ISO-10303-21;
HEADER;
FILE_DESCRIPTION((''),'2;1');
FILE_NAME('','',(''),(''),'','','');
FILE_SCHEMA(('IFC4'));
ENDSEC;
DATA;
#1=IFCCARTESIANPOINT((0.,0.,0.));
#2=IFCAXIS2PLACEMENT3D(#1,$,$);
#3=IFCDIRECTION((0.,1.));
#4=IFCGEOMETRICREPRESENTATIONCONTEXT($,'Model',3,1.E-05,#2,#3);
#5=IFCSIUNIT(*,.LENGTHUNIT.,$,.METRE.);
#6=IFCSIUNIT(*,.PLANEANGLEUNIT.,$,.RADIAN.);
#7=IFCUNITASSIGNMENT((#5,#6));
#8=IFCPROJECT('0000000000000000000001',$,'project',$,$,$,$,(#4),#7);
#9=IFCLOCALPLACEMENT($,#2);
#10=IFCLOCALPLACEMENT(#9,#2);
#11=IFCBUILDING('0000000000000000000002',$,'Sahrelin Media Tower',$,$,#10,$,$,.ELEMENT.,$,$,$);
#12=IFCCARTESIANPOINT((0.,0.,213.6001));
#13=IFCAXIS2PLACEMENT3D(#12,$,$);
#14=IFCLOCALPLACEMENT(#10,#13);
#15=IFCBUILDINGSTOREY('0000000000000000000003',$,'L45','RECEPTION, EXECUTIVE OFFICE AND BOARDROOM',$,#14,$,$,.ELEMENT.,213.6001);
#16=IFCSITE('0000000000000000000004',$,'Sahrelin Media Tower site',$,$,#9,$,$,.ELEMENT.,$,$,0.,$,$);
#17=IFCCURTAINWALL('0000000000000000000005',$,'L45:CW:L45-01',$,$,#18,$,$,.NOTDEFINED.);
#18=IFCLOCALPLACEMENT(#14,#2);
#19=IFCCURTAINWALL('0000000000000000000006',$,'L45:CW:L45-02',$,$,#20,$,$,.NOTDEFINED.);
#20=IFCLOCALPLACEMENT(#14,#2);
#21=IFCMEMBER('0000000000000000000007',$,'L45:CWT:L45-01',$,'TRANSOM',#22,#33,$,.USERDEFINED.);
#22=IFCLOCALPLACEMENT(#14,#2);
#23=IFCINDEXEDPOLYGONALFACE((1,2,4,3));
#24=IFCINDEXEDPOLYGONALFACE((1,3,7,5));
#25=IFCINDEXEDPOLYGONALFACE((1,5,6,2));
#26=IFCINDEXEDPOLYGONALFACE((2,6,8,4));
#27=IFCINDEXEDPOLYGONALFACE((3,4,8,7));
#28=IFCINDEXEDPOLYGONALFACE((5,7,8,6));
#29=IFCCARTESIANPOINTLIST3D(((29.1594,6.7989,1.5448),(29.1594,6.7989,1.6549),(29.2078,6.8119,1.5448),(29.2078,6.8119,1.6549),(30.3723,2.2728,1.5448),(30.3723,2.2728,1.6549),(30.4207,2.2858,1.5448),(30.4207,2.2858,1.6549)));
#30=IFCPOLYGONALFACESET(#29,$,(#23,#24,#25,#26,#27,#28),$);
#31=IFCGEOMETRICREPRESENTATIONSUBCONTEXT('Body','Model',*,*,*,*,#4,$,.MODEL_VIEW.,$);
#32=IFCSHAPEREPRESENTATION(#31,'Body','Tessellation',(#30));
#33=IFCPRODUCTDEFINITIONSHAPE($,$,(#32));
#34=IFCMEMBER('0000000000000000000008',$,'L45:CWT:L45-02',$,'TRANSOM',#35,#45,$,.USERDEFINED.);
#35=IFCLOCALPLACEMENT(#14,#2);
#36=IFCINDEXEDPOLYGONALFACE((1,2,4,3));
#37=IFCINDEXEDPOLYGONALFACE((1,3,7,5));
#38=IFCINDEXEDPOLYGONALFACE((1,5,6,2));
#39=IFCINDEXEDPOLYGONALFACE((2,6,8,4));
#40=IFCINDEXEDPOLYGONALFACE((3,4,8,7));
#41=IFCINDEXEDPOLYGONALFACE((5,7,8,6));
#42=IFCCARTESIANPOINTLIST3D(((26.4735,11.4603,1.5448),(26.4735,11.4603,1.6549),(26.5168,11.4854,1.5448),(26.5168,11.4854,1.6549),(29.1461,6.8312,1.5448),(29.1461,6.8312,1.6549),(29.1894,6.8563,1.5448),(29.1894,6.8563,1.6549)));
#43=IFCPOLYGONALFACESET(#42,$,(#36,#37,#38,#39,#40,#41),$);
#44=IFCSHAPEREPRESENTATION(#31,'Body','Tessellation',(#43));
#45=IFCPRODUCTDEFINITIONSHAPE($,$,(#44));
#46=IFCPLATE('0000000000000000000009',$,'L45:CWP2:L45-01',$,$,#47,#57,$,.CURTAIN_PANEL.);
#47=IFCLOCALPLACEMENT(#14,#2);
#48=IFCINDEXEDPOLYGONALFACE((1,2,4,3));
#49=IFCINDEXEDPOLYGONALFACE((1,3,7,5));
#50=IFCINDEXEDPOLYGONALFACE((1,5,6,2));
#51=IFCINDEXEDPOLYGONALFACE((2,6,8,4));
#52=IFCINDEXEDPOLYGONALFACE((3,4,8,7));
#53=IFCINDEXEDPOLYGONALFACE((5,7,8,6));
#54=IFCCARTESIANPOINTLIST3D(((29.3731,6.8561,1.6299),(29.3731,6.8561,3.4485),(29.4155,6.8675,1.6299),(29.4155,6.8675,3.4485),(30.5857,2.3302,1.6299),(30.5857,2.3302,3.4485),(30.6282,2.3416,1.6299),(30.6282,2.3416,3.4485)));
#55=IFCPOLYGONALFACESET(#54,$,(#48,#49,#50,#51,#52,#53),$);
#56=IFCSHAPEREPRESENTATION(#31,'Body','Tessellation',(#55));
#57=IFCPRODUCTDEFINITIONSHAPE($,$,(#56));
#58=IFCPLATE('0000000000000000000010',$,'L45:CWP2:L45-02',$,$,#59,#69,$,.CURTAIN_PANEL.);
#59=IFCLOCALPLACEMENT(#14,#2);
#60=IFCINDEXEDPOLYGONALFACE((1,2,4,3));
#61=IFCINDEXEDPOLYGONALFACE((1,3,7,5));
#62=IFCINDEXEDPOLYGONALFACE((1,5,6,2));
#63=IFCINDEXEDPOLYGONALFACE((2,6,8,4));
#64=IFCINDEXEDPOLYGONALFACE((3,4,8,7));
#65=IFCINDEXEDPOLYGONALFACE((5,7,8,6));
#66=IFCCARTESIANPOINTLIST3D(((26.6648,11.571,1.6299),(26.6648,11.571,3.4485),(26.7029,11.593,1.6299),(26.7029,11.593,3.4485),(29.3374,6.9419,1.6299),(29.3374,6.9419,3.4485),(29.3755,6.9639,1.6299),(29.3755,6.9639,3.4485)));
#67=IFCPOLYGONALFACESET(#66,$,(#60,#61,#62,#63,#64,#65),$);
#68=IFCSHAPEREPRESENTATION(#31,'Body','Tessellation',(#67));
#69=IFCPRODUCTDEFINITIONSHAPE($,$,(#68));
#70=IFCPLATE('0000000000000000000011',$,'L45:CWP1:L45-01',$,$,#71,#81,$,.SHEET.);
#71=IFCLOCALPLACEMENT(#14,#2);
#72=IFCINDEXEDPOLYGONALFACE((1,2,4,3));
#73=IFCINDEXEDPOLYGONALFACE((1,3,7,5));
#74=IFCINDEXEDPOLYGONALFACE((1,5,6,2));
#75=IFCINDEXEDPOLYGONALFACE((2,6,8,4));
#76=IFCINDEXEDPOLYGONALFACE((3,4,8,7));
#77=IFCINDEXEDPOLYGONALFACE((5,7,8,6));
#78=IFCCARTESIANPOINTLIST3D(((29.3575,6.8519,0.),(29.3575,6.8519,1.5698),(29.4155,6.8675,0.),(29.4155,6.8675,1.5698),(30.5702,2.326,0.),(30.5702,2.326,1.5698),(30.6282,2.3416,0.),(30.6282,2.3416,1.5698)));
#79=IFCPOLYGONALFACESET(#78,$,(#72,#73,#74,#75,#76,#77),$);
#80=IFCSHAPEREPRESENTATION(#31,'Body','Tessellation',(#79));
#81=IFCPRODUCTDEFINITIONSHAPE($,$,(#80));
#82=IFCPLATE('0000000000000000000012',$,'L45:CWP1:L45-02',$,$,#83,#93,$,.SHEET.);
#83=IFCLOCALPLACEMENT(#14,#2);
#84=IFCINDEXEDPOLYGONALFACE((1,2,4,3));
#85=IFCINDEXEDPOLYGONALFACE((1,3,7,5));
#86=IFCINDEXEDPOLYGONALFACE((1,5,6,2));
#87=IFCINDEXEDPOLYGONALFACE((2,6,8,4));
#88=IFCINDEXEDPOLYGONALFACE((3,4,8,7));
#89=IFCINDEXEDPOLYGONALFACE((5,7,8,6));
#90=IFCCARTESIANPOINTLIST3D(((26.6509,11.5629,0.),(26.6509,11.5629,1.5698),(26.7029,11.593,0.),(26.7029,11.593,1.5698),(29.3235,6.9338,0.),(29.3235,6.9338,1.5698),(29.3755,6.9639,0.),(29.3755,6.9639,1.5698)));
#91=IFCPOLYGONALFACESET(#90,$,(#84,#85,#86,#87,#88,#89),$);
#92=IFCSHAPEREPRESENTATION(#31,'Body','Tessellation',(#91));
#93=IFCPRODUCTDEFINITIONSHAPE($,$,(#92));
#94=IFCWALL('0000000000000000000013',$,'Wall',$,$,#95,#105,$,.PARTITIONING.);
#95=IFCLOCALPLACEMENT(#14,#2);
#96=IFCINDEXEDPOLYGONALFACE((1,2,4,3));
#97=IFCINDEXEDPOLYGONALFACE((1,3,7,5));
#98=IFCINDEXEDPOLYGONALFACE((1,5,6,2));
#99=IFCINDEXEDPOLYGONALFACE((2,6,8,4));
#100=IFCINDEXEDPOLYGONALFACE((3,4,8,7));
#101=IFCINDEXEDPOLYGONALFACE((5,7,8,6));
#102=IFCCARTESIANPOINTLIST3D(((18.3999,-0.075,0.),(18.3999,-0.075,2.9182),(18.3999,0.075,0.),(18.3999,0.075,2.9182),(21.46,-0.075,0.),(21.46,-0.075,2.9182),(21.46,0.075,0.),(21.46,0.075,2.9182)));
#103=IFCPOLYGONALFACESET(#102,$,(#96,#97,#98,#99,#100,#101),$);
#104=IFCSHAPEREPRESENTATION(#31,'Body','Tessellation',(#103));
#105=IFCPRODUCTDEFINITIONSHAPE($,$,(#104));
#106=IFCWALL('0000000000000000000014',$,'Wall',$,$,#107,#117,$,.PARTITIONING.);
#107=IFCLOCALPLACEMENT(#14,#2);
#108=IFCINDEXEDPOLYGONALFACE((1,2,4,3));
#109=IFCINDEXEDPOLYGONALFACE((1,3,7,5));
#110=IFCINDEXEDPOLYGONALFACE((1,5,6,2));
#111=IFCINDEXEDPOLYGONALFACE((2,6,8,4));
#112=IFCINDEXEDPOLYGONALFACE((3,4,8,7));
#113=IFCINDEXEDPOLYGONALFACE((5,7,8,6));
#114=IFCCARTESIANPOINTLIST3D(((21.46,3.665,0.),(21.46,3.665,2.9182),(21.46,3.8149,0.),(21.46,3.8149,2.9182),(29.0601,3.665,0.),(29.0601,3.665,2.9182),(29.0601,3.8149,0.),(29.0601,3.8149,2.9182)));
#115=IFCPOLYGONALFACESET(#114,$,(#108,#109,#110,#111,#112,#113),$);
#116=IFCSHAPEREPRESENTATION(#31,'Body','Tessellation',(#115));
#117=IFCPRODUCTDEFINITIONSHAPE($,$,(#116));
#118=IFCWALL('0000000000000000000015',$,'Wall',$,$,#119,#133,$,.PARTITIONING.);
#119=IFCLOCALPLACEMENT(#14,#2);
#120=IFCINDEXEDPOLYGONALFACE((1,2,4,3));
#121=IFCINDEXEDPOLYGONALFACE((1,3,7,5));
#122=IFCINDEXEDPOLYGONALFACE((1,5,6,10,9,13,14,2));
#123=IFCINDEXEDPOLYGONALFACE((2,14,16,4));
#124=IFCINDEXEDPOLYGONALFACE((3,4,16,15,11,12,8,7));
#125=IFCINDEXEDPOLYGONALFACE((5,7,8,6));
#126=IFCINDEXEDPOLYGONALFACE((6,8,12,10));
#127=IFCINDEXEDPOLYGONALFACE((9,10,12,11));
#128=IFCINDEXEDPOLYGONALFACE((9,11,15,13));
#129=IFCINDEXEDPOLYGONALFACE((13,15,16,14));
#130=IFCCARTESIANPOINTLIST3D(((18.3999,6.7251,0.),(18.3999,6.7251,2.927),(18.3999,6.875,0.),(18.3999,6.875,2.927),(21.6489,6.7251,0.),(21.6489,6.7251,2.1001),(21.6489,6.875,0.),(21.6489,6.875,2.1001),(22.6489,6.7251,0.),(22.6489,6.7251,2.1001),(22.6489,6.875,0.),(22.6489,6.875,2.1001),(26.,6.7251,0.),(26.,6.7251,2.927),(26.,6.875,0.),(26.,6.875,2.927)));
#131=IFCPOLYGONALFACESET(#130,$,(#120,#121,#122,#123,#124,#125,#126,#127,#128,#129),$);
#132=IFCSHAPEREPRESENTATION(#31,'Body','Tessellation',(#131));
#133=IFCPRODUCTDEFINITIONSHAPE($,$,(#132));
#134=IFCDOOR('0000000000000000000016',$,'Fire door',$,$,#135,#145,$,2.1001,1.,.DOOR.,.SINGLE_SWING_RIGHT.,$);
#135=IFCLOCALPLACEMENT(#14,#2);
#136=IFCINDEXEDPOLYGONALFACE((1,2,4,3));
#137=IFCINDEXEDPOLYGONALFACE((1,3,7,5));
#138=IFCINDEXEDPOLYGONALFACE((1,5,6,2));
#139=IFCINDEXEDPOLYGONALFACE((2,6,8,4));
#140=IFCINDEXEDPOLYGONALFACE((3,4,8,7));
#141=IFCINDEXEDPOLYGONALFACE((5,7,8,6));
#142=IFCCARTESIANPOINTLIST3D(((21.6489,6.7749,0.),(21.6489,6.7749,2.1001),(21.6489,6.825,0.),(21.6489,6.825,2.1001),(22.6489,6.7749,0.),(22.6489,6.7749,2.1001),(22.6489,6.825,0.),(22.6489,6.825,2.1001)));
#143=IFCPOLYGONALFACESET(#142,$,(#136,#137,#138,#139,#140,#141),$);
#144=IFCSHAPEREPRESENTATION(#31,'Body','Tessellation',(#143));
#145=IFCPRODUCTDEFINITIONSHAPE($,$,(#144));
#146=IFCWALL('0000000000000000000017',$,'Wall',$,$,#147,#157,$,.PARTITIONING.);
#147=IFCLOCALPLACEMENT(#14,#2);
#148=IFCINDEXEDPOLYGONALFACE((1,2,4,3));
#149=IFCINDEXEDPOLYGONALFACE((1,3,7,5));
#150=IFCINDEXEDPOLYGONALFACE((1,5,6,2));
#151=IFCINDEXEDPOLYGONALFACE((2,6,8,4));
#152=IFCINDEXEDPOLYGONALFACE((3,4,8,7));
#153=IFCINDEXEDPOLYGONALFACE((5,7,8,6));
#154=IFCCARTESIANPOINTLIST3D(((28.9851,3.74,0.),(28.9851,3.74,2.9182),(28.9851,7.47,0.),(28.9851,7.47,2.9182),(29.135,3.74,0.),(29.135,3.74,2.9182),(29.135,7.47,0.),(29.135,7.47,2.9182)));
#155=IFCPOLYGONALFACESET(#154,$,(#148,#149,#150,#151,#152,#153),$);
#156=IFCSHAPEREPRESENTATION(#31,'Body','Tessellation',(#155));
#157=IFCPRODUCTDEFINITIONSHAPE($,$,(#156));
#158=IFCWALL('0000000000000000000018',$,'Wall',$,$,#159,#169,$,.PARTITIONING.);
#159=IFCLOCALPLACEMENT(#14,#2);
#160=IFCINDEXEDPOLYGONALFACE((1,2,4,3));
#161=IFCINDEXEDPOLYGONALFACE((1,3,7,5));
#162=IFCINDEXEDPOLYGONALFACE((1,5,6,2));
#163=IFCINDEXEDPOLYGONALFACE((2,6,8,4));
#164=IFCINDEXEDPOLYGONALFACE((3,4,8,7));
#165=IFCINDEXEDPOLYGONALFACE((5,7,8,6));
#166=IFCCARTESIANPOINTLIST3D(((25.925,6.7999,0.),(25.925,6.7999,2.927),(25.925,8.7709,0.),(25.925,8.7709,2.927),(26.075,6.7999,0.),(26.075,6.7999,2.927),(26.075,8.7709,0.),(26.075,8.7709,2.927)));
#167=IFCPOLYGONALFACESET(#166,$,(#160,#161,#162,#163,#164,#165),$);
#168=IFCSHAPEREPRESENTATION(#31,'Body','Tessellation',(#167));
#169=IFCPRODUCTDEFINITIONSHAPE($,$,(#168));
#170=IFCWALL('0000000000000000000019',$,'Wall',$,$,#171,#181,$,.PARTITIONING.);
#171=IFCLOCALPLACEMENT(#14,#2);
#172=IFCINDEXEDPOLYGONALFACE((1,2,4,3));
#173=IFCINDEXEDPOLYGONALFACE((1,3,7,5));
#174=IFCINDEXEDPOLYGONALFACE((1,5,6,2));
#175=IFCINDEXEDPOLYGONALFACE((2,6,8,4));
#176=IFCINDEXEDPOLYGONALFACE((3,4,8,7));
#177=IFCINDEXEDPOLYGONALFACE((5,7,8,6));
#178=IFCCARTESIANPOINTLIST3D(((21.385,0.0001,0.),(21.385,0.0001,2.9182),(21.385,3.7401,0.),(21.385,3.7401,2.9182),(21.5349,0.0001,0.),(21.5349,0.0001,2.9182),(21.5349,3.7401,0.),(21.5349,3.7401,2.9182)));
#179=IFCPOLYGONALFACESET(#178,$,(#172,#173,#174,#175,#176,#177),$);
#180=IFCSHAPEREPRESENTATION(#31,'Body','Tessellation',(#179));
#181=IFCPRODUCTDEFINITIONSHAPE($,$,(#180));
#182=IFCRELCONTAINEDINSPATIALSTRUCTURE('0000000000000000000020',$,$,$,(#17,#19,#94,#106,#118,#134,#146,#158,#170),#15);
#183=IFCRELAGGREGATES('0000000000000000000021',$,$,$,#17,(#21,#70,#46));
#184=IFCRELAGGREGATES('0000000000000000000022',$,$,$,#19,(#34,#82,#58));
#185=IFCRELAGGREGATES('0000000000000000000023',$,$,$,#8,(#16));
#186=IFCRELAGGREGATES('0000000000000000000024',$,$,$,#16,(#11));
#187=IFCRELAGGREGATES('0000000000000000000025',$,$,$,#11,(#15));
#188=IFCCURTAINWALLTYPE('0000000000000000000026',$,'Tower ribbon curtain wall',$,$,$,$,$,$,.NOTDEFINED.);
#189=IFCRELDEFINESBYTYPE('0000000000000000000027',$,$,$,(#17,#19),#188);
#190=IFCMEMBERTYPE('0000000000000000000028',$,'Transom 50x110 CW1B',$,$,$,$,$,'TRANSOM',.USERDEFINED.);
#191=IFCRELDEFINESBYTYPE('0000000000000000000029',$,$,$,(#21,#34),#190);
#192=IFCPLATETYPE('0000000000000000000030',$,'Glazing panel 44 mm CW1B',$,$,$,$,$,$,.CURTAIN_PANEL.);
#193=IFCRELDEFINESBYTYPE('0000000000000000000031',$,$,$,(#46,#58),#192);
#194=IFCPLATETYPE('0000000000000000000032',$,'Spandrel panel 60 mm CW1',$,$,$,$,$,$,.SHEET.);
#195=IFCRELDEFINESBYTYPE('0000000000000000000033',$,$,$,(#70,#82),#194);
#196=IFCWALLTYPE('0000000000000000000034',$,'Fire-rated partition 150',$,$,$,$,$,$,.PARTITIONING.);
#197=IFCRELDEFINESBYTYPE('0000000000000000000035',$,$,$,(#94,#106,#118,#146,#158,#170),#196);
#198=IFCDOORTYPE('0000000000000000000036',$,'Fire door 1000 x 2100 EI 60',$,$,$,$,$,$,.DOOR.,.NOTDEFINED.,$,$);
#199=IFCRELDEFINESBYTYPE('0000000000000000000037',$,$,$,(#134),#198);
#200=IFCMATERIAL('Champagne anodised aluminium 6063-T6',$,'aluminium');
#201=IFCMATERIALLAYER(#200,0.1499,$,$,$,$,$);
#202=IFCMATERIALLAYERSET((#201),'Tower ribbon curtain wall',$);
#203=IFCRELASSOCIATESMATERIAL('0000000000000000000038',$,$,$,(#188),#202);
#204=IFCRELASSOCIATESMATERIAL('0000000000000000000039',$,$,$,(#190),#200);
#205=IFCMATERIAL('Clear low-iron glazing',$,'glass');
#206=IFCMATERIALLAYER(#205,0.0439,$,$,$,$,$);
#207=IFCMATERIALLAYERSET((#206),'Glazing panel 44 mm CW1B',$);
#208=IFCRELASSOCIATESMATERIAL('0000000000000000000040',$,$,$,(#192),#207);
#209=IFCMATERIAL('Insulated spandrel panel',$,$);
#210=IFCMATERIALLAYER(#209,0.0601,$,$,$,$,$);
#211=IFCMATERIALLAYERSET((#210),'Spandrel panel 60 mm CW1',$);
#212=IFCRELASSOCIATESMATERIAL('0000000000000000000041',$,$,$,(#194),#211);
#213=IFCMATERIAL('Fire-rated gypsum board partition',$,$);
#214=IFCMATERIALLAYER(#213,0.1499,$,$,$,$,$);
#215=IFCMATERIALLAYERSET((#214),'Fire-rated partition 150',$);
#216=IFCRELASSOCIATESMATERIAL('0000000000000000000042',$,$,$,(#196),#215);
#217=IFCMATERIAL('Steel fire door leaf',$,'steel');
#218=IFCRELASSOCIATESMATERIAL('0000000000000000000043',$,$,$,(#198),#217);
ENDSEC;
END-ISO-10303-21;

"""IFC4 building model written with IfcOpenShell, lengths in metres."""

from ifc_helpers import new_model, si_unit, direction, frame, frame_2d, origin, origin_2d, place, context, subcontext, project, spatial, polyline, rectangle, outline, extrude, material, layer, layer_set, material_profile, profile_set, type_object, element, fill, aggregate, save


model = new_model("IFC4")

# Units and contexts
model_context = context("Model", 3, precision=1e-05, world=origin(), true_north=direction((0.0, 1.0)))
body_context = subcontext(model_context, "Body", "Model", "MODEL_VIEW")
ifc_project = project(units=[si_unit("LENGTHUNIT", "METRE"), si_unit("PLANEANGLEUNIT", "RADIAN")], contexts=[model_context])

# Site, building, storey
site_placement = place(None, origin())
site = spatial("IfcSite", under=ifc_project, at=site_placement, Name="Sahrelin Media Tower site", CompositionType="ELEMENT", RefElevation=0.0)
building_placement = place(site_placement, origin())
building = spatial("IfcBuilding", under=site, at=building_placement, Name="Sahrelin Media Tower", CompositionType="ELEMENT")
storey_placement = place(building_placement, frame((0.0, 0.0, 213.6001)))
storey = spatial("IfcBuildingStorey", under=building, at=storey_placement, Name="L45", Description="RECEPTION, EXECUTIVE OFFICE AND BOARDROOM", CompositionType="ELEMENT", Elevation=213.6001)

# Curtain walls
ifc_material_1 = material(Name="Champagne anodised aluminium 6063-T6", Category="aluminium")
ifc_layer_1 = layer(ifc_material_1, 0.1499)
ifc_layer_set_1 = layer_set([ifc_layer_1], Name="Tower ribbon curtain wall")
curtain_wall_type = type_object("IfcCurtainWallType", Name="Tower ribbon curtain wall", PredefinedType="NOTDEFINED", material=ifc_layer_set_1)
curtain_wall_1_placement = place(storey_placement, frame((30.0024, 4.5994, 0.0), z_axis=(0.0, 0.0, 1.0), x_axis=(1.0, 0.0, 0.0)))
curtain_wall_1 = element("IfcCurtainWall", 1, at=curtain_wall_1_placement, inside=storey, type_object=curtain_wall_type, Name="L45:CW:L45-01", PredefinedType="NOTDEFINED")
curtain_wall_2_placement = place(storey_placement, frame((28.022, 9.2683, 0.0), z_axis=(0.0, 0.0, 1.0), x_axis=(1.0, 0.0, 0.0)))
curtain_wall_2 = element("IfcCurtainWall", 2, at=curtain_wall_2_placement, inside=storey, type_object=curtain_wall_type, Name="L45:CW:L45-02", PredefinedType="NOTDEFINED")

# Members
ifc_material_profile_1 = material_profile(ifc_material_1, rectangle(XDim=0.05, YDim=0.1101, at=origin_2d()), Name="Transom 50x110")
ifc_profile_set_1 = profile_set([ifc_material_profile_1], Name="Champagne anodised aluminium 6063-T6")
member_type_1 = type_object("IfcMemberType", Name="Transom 50x110 CW1B", ElementType="TRANSOM", PredefinedType="USERDEFINED", material=ifc_profile_set_1)
member_1_placement = place(storey_placement, frame((30.3965, 2.2793, 1.5999), z_axis=(-0.258843, 0.965919, 0.0), x_axis=(-0.965919, -0.258843, 0.0)))
member_1 = element("IfcMember", 3, at=member_1_placement, type_object=member_type_1, Name="L45:CWT:L45-01", ObjectType="TRANSOM", PredefinedType="USERDEFINED", context=body_context, shape_type="SweptSolid", body=[
    extrude(rectangle(XDim=0.05, YDim=0.1101, at=origin_2d()), origin(), (0.0, 0.0, 1.0), 4.6858),
])
member_2_placement = place(storey_placement, frame((29.1677, 6.8438, 1.5999), z_axis=(-0.499995, 0.866028, 0.0), x_axis=(-0.866028, -0.499995, 0.0)))
member_2 = element("IfcMember", 4, at=member_2_placement, type_object=member_type_1, Name="L45:CWT:L45-02", ObjectType="TRANSOM", PredefinedType="USERDEFINED", context=body_context, shape_type="SweptSolid", body=[
    extrude(rectangle(XDim=0.05, YDim=0.1101, at=origin_2d()), origin(), (0.0, 0.0, 1.0), 5.3452),
])

# Plates
ifc_material_2 = material(Name="Clear low-iron glazing", Category="glass")
ifc_layer_2 = layer(ifc_material_2, 0.0439)
ifc_layer_set_2 = layer_set([ifc_layer_2], Name="Glazing panel 44 mm CW1B")
plate_type_1 = type_object("IfcPlateType", Name="Glazing panel 44 mm CW1B", PredefinedType="CURTAIN_PANEL", material=ifc_layer_set_2)
plate_1_placement = place(storey_placement, frame((30.6282, 2.3416, 1.6299), z_axis=(0.965929, 0.258807, 0.0), x_axis=(-0.258807, 0.965929, 0.0)))
plate_1 = element("IfcPlate", 5, at=plate_1_placement, type_object=plate_type_1, Name="L45:CWP2:L45-01", PredefinedType="CURTAIN_PANEL", context=body_context, shape_type="SweptSolid", body=[
    extrude(outline(polyline([(0.0, 0.0), (4.6855, 0.0), (4.6855, 1.8186), (0.0, 1.8186), (0.0, 0.0)])), origin(), (0.0, 0.0, -1.0), 0.0439),
])
plate_2_placement = place(storey_placement, frame((29.3755, 6.9639, 1.6299), z_axis=(0.866028, 0.499995, 0.0), x_axis=(-0.499995, 0.866028, 0.0)))
plate_2 = element("IfcPlate", 6, at=plate_2_placement, type_object=plate_type_1, Name="L45:CWP2:L45-02", PredefinedType="CURTAIN_PANEL", context=body_context, shape_type="SweptSolid", body=[
    extrude(outline(polyline([(0.0, 0.0), (5.3452, 0.0), (5.3452, 1.8186), (0.0, 1.8186), (0.0, 0.0)])), origin(), (0.0, 0.0, -1.0), 0.0439),
])
ifc_material_3 = material(Name="Insulated spandrel panel")
ifc_layer_3 = layer(ifc_material_3, 0.0601)
ifc_layer_set_3 = layer_set([ifc_layer_3], Name="Spandrel panel 60 mm CW1")
plate_type_2 = type_object("IfcPlateType", Name="Spandrel panel 60 mm CW1", PredefinedType="SHEET", material=ifc_layer_set_3)
plate_3_placement = place(storey_placement, frame((30.6282, 2.3416, 0.0), z_axis=(0.965929, 0.258807, 0.0), x_axis=(-0.258807, 0.965929, 0.0)))
plate_3 = element("IfcPlate", 7, at=plate_3_placement, type_object=plate_type_2, Name="L45:CWP1:L45-01", PredefinedType="SHEET", context=body_context, shape_type="SweptSolid", body=[
    extrude(outline(polyline([(0.0, 0.0), (4.6855, 0.0), (4.6855, 1.5698), (0.0, 1.5698), (0.0, 0.0)])), origin(), (0.0, 0.0, -1.0), 0.0601),
])
aggregate(curtain_wall_1, [member_1, plate_3, plate_1])
plate_4_placement = place(storey_placement, frame((29.3755, 6.9639, 0.0), z_axis=(0.866028, 0.499995, 0.0), x_axis=(-0.499995, 0.866028, 0.0)))
plate_4 = element("IfcPlate", 8, at=plate_4_placement, type_object=plate_type_2, Name="L45:CWP1:L45-02", PredefinedType="SHEET", context=body_context, shape_type="SweptSolid", body=[
    extrude(outline(polyline([(0.0, 0.0), (5.3452, 0.0), (5.3452, 1.5698), (0.0, 1.5698), (0.0, 0.0)])), origin(), (0.0, 0.0, -1.0), 0.0601),
])
aggregate(curtain_wall_2, [member_2, plate_4, plate_2])

# Walls
ifc_material_4 = material(Name="Fire-rated gypsum board partition")
ifc_layer_4 = layer(ifc_material_4, 0.1499)
ifc_layer_set_4 = layer_set([ifc_layer_4], Name="Fire-rated partition 150")
wall_type = type_object("IfcWallType", Name="Fire-rated partition 150", PredefinedType="PARTITIONING", material=ifc_layer_set_4)
wall_1_placement = place(storey_placement, frame((18.3999, 0.0, 0.0), z_axis=(0.0, 0.0, 1.0), x_axis=(1.0, 0.0, 0.0)))
element("IfcWall", 9, at=wall_1_placement, inside=storey, type_object=wall_type, Name="Wall", PredefinedType="PARTITIONING", context=body_context, shape_type="SweptSolid", body=[
    extrude(rectangle(XDim=3.0601, YDim=0.1499, at=frame_2d((1.53, 0.0))), origin(), (0.0, 0.0, 1.0), 2.9182),
])
wall_2_placement = place(storey_placement, frame((21.46, 3.74, 0.0), z_axis=(0.0, 0.0, 1.0), x_axis=(1.0, 0.0, 0.0)))
element("IfcWall", 10, at=wall_2_placement, inside=storey, type_object=wall_type, Name="Wall", PredefinedType="PARTITIONING", context=body_context, shape_type="SweptSolid", body=[
    extrude(rectangle(XDim=7.6001, YDim=0.1499, at=frame_2d((3.8, 0.0))), origin(), (0.0, 0.0, 1.0), 2.9182),
])

# Wall, opening, door
wall_3_placement = place(storey_placement, frame((18.3999, 6.8, 0.0), z_axis=(0.0, 0.0, 1.0), x_axis=(1.0, 0.0, 0.0)))
wall_3 = element("IfcWall", 11, at=wall_3_placement, inside=storey, type_object=wall_type, Name="Wall", PredefinedType="PARTITIONING", context=body_context, shape_type="SweptSolid", body=[
    extrude(rectangle(XDim=7.6001, YDim=0.1499, at=frame_2d((3.8, 0.0))), origin(), (0.0, 0.0, 1.0), 2.927),
])
opening_placement = place(wall_3_placement, frame((3.249, 0.0, 0.0)))
opening = element("IfcOpeningElement", 12, at=opening_placement, cuts=wall_3, PredefinedType="OPENING", context=body_context, shape_type="SweptSolid", body=[
    extrude(rectangle(XDim=1.0, YDim=2.1001, at=frame_2d((0.5, 1.05))), frame((0.0, 0.075, 0.0), z_axis=(0.0, -1.0, 0.0), x_axis=(1.0, 0.0, 0.0)), (0.0, 0.0, 1.0), 0.1499),
])
ifc_material_5 = material(Name="Steel fire door leaf", Category="steel")
door_type = type_object("IfcDoorType", Name="Fire door 1000 x 2100 EI 60", OperationType="NOTDEFINED", PredefinedType="DOOR", material=ifc_material_5)
door_placement = place(opening_placement, origin())
door = element("IfcDoor", 13, at=door_placement, inside=storey, type_object=door_type, Name="Fire door", OperationType="SINGLE_SWING_RIGHT", OverallHeight=2.1001, OverallWidth=1.0, PredefinedType="DOOR", context=body_context, shape_type="SweptSolid", body=[
    extrude(rectangle(XDim=1.0, YDim=2.1001, at=frame_2d((0.5, 1.05))), frame((0.0, 0.0249, 0.0), z_axis=(0.0, -1.0, 0.0), x_axis=(1.0, 0.0, 0.0)), (0.0, 0.0, 1.0), 0.05),
])
fill(opening, door)

# Walls
wall_4_placement = place(storey_placement, frame((29.0601, 3.74, 0.0), z_axis=(0.0, 0.0, 1.0), x_axis=(0.0, 1.0, 0.0)))
element("IfcWall", 14, at=wall_4_placement, inside=storey, type_object=wall_type, Name="Wall", PredefinedType="PARTITIONING", context=body_context, shape_type="SweptSolid", body=[
    extrude(rectangle(XDim=3.73, YDim=0.1499, at=frame_2d((1.865, 0.0))), origin(), (0.0, 0.0, 1.0), 2.9182),
])
wall_5_placement = place(storey_placement, frame((26.0, 6.8, 0.0), z_axis=(0.0, 0.0, 1.0), x_axis=(0.0, 1.0, 0.0)))
element("IfcWall", 15, at=wall_5_placement, inside=storey, type_object=wall_type, Name="Wall", PredefinedType="PARTITIONING", context=body_context, shape_type="SweptSolid", body=[
    extrude(rectangle(XDim=1.9709, YDim=0.1499, at=frame_2d((0.9854, 0.0))), origin(), (0.0, 0.0, 1.0), 2.927),
])
wall_6_placement = place(storey_placement, frame((21.46, 0.0, 0.0), z_axis=(0.0, 0.0, 1.0), x_axis=(0.0, 1.0, 0.0)))
element("IfcWall", 16, at=wall_6_placement, inside=storey, type_object=wall_type, Name="Wall", PredefinedType="PARTITIONING", context=body_context, shape_type="SweptSolid", body=[
    extrude(rectangle(XDim=3.74, YDim=0.1499, at=frame_2d((1.8701, 0.0))), origin(), (0.0, 0.0, 1.0), 2.9182),
])

save(model, "model.ifc")
